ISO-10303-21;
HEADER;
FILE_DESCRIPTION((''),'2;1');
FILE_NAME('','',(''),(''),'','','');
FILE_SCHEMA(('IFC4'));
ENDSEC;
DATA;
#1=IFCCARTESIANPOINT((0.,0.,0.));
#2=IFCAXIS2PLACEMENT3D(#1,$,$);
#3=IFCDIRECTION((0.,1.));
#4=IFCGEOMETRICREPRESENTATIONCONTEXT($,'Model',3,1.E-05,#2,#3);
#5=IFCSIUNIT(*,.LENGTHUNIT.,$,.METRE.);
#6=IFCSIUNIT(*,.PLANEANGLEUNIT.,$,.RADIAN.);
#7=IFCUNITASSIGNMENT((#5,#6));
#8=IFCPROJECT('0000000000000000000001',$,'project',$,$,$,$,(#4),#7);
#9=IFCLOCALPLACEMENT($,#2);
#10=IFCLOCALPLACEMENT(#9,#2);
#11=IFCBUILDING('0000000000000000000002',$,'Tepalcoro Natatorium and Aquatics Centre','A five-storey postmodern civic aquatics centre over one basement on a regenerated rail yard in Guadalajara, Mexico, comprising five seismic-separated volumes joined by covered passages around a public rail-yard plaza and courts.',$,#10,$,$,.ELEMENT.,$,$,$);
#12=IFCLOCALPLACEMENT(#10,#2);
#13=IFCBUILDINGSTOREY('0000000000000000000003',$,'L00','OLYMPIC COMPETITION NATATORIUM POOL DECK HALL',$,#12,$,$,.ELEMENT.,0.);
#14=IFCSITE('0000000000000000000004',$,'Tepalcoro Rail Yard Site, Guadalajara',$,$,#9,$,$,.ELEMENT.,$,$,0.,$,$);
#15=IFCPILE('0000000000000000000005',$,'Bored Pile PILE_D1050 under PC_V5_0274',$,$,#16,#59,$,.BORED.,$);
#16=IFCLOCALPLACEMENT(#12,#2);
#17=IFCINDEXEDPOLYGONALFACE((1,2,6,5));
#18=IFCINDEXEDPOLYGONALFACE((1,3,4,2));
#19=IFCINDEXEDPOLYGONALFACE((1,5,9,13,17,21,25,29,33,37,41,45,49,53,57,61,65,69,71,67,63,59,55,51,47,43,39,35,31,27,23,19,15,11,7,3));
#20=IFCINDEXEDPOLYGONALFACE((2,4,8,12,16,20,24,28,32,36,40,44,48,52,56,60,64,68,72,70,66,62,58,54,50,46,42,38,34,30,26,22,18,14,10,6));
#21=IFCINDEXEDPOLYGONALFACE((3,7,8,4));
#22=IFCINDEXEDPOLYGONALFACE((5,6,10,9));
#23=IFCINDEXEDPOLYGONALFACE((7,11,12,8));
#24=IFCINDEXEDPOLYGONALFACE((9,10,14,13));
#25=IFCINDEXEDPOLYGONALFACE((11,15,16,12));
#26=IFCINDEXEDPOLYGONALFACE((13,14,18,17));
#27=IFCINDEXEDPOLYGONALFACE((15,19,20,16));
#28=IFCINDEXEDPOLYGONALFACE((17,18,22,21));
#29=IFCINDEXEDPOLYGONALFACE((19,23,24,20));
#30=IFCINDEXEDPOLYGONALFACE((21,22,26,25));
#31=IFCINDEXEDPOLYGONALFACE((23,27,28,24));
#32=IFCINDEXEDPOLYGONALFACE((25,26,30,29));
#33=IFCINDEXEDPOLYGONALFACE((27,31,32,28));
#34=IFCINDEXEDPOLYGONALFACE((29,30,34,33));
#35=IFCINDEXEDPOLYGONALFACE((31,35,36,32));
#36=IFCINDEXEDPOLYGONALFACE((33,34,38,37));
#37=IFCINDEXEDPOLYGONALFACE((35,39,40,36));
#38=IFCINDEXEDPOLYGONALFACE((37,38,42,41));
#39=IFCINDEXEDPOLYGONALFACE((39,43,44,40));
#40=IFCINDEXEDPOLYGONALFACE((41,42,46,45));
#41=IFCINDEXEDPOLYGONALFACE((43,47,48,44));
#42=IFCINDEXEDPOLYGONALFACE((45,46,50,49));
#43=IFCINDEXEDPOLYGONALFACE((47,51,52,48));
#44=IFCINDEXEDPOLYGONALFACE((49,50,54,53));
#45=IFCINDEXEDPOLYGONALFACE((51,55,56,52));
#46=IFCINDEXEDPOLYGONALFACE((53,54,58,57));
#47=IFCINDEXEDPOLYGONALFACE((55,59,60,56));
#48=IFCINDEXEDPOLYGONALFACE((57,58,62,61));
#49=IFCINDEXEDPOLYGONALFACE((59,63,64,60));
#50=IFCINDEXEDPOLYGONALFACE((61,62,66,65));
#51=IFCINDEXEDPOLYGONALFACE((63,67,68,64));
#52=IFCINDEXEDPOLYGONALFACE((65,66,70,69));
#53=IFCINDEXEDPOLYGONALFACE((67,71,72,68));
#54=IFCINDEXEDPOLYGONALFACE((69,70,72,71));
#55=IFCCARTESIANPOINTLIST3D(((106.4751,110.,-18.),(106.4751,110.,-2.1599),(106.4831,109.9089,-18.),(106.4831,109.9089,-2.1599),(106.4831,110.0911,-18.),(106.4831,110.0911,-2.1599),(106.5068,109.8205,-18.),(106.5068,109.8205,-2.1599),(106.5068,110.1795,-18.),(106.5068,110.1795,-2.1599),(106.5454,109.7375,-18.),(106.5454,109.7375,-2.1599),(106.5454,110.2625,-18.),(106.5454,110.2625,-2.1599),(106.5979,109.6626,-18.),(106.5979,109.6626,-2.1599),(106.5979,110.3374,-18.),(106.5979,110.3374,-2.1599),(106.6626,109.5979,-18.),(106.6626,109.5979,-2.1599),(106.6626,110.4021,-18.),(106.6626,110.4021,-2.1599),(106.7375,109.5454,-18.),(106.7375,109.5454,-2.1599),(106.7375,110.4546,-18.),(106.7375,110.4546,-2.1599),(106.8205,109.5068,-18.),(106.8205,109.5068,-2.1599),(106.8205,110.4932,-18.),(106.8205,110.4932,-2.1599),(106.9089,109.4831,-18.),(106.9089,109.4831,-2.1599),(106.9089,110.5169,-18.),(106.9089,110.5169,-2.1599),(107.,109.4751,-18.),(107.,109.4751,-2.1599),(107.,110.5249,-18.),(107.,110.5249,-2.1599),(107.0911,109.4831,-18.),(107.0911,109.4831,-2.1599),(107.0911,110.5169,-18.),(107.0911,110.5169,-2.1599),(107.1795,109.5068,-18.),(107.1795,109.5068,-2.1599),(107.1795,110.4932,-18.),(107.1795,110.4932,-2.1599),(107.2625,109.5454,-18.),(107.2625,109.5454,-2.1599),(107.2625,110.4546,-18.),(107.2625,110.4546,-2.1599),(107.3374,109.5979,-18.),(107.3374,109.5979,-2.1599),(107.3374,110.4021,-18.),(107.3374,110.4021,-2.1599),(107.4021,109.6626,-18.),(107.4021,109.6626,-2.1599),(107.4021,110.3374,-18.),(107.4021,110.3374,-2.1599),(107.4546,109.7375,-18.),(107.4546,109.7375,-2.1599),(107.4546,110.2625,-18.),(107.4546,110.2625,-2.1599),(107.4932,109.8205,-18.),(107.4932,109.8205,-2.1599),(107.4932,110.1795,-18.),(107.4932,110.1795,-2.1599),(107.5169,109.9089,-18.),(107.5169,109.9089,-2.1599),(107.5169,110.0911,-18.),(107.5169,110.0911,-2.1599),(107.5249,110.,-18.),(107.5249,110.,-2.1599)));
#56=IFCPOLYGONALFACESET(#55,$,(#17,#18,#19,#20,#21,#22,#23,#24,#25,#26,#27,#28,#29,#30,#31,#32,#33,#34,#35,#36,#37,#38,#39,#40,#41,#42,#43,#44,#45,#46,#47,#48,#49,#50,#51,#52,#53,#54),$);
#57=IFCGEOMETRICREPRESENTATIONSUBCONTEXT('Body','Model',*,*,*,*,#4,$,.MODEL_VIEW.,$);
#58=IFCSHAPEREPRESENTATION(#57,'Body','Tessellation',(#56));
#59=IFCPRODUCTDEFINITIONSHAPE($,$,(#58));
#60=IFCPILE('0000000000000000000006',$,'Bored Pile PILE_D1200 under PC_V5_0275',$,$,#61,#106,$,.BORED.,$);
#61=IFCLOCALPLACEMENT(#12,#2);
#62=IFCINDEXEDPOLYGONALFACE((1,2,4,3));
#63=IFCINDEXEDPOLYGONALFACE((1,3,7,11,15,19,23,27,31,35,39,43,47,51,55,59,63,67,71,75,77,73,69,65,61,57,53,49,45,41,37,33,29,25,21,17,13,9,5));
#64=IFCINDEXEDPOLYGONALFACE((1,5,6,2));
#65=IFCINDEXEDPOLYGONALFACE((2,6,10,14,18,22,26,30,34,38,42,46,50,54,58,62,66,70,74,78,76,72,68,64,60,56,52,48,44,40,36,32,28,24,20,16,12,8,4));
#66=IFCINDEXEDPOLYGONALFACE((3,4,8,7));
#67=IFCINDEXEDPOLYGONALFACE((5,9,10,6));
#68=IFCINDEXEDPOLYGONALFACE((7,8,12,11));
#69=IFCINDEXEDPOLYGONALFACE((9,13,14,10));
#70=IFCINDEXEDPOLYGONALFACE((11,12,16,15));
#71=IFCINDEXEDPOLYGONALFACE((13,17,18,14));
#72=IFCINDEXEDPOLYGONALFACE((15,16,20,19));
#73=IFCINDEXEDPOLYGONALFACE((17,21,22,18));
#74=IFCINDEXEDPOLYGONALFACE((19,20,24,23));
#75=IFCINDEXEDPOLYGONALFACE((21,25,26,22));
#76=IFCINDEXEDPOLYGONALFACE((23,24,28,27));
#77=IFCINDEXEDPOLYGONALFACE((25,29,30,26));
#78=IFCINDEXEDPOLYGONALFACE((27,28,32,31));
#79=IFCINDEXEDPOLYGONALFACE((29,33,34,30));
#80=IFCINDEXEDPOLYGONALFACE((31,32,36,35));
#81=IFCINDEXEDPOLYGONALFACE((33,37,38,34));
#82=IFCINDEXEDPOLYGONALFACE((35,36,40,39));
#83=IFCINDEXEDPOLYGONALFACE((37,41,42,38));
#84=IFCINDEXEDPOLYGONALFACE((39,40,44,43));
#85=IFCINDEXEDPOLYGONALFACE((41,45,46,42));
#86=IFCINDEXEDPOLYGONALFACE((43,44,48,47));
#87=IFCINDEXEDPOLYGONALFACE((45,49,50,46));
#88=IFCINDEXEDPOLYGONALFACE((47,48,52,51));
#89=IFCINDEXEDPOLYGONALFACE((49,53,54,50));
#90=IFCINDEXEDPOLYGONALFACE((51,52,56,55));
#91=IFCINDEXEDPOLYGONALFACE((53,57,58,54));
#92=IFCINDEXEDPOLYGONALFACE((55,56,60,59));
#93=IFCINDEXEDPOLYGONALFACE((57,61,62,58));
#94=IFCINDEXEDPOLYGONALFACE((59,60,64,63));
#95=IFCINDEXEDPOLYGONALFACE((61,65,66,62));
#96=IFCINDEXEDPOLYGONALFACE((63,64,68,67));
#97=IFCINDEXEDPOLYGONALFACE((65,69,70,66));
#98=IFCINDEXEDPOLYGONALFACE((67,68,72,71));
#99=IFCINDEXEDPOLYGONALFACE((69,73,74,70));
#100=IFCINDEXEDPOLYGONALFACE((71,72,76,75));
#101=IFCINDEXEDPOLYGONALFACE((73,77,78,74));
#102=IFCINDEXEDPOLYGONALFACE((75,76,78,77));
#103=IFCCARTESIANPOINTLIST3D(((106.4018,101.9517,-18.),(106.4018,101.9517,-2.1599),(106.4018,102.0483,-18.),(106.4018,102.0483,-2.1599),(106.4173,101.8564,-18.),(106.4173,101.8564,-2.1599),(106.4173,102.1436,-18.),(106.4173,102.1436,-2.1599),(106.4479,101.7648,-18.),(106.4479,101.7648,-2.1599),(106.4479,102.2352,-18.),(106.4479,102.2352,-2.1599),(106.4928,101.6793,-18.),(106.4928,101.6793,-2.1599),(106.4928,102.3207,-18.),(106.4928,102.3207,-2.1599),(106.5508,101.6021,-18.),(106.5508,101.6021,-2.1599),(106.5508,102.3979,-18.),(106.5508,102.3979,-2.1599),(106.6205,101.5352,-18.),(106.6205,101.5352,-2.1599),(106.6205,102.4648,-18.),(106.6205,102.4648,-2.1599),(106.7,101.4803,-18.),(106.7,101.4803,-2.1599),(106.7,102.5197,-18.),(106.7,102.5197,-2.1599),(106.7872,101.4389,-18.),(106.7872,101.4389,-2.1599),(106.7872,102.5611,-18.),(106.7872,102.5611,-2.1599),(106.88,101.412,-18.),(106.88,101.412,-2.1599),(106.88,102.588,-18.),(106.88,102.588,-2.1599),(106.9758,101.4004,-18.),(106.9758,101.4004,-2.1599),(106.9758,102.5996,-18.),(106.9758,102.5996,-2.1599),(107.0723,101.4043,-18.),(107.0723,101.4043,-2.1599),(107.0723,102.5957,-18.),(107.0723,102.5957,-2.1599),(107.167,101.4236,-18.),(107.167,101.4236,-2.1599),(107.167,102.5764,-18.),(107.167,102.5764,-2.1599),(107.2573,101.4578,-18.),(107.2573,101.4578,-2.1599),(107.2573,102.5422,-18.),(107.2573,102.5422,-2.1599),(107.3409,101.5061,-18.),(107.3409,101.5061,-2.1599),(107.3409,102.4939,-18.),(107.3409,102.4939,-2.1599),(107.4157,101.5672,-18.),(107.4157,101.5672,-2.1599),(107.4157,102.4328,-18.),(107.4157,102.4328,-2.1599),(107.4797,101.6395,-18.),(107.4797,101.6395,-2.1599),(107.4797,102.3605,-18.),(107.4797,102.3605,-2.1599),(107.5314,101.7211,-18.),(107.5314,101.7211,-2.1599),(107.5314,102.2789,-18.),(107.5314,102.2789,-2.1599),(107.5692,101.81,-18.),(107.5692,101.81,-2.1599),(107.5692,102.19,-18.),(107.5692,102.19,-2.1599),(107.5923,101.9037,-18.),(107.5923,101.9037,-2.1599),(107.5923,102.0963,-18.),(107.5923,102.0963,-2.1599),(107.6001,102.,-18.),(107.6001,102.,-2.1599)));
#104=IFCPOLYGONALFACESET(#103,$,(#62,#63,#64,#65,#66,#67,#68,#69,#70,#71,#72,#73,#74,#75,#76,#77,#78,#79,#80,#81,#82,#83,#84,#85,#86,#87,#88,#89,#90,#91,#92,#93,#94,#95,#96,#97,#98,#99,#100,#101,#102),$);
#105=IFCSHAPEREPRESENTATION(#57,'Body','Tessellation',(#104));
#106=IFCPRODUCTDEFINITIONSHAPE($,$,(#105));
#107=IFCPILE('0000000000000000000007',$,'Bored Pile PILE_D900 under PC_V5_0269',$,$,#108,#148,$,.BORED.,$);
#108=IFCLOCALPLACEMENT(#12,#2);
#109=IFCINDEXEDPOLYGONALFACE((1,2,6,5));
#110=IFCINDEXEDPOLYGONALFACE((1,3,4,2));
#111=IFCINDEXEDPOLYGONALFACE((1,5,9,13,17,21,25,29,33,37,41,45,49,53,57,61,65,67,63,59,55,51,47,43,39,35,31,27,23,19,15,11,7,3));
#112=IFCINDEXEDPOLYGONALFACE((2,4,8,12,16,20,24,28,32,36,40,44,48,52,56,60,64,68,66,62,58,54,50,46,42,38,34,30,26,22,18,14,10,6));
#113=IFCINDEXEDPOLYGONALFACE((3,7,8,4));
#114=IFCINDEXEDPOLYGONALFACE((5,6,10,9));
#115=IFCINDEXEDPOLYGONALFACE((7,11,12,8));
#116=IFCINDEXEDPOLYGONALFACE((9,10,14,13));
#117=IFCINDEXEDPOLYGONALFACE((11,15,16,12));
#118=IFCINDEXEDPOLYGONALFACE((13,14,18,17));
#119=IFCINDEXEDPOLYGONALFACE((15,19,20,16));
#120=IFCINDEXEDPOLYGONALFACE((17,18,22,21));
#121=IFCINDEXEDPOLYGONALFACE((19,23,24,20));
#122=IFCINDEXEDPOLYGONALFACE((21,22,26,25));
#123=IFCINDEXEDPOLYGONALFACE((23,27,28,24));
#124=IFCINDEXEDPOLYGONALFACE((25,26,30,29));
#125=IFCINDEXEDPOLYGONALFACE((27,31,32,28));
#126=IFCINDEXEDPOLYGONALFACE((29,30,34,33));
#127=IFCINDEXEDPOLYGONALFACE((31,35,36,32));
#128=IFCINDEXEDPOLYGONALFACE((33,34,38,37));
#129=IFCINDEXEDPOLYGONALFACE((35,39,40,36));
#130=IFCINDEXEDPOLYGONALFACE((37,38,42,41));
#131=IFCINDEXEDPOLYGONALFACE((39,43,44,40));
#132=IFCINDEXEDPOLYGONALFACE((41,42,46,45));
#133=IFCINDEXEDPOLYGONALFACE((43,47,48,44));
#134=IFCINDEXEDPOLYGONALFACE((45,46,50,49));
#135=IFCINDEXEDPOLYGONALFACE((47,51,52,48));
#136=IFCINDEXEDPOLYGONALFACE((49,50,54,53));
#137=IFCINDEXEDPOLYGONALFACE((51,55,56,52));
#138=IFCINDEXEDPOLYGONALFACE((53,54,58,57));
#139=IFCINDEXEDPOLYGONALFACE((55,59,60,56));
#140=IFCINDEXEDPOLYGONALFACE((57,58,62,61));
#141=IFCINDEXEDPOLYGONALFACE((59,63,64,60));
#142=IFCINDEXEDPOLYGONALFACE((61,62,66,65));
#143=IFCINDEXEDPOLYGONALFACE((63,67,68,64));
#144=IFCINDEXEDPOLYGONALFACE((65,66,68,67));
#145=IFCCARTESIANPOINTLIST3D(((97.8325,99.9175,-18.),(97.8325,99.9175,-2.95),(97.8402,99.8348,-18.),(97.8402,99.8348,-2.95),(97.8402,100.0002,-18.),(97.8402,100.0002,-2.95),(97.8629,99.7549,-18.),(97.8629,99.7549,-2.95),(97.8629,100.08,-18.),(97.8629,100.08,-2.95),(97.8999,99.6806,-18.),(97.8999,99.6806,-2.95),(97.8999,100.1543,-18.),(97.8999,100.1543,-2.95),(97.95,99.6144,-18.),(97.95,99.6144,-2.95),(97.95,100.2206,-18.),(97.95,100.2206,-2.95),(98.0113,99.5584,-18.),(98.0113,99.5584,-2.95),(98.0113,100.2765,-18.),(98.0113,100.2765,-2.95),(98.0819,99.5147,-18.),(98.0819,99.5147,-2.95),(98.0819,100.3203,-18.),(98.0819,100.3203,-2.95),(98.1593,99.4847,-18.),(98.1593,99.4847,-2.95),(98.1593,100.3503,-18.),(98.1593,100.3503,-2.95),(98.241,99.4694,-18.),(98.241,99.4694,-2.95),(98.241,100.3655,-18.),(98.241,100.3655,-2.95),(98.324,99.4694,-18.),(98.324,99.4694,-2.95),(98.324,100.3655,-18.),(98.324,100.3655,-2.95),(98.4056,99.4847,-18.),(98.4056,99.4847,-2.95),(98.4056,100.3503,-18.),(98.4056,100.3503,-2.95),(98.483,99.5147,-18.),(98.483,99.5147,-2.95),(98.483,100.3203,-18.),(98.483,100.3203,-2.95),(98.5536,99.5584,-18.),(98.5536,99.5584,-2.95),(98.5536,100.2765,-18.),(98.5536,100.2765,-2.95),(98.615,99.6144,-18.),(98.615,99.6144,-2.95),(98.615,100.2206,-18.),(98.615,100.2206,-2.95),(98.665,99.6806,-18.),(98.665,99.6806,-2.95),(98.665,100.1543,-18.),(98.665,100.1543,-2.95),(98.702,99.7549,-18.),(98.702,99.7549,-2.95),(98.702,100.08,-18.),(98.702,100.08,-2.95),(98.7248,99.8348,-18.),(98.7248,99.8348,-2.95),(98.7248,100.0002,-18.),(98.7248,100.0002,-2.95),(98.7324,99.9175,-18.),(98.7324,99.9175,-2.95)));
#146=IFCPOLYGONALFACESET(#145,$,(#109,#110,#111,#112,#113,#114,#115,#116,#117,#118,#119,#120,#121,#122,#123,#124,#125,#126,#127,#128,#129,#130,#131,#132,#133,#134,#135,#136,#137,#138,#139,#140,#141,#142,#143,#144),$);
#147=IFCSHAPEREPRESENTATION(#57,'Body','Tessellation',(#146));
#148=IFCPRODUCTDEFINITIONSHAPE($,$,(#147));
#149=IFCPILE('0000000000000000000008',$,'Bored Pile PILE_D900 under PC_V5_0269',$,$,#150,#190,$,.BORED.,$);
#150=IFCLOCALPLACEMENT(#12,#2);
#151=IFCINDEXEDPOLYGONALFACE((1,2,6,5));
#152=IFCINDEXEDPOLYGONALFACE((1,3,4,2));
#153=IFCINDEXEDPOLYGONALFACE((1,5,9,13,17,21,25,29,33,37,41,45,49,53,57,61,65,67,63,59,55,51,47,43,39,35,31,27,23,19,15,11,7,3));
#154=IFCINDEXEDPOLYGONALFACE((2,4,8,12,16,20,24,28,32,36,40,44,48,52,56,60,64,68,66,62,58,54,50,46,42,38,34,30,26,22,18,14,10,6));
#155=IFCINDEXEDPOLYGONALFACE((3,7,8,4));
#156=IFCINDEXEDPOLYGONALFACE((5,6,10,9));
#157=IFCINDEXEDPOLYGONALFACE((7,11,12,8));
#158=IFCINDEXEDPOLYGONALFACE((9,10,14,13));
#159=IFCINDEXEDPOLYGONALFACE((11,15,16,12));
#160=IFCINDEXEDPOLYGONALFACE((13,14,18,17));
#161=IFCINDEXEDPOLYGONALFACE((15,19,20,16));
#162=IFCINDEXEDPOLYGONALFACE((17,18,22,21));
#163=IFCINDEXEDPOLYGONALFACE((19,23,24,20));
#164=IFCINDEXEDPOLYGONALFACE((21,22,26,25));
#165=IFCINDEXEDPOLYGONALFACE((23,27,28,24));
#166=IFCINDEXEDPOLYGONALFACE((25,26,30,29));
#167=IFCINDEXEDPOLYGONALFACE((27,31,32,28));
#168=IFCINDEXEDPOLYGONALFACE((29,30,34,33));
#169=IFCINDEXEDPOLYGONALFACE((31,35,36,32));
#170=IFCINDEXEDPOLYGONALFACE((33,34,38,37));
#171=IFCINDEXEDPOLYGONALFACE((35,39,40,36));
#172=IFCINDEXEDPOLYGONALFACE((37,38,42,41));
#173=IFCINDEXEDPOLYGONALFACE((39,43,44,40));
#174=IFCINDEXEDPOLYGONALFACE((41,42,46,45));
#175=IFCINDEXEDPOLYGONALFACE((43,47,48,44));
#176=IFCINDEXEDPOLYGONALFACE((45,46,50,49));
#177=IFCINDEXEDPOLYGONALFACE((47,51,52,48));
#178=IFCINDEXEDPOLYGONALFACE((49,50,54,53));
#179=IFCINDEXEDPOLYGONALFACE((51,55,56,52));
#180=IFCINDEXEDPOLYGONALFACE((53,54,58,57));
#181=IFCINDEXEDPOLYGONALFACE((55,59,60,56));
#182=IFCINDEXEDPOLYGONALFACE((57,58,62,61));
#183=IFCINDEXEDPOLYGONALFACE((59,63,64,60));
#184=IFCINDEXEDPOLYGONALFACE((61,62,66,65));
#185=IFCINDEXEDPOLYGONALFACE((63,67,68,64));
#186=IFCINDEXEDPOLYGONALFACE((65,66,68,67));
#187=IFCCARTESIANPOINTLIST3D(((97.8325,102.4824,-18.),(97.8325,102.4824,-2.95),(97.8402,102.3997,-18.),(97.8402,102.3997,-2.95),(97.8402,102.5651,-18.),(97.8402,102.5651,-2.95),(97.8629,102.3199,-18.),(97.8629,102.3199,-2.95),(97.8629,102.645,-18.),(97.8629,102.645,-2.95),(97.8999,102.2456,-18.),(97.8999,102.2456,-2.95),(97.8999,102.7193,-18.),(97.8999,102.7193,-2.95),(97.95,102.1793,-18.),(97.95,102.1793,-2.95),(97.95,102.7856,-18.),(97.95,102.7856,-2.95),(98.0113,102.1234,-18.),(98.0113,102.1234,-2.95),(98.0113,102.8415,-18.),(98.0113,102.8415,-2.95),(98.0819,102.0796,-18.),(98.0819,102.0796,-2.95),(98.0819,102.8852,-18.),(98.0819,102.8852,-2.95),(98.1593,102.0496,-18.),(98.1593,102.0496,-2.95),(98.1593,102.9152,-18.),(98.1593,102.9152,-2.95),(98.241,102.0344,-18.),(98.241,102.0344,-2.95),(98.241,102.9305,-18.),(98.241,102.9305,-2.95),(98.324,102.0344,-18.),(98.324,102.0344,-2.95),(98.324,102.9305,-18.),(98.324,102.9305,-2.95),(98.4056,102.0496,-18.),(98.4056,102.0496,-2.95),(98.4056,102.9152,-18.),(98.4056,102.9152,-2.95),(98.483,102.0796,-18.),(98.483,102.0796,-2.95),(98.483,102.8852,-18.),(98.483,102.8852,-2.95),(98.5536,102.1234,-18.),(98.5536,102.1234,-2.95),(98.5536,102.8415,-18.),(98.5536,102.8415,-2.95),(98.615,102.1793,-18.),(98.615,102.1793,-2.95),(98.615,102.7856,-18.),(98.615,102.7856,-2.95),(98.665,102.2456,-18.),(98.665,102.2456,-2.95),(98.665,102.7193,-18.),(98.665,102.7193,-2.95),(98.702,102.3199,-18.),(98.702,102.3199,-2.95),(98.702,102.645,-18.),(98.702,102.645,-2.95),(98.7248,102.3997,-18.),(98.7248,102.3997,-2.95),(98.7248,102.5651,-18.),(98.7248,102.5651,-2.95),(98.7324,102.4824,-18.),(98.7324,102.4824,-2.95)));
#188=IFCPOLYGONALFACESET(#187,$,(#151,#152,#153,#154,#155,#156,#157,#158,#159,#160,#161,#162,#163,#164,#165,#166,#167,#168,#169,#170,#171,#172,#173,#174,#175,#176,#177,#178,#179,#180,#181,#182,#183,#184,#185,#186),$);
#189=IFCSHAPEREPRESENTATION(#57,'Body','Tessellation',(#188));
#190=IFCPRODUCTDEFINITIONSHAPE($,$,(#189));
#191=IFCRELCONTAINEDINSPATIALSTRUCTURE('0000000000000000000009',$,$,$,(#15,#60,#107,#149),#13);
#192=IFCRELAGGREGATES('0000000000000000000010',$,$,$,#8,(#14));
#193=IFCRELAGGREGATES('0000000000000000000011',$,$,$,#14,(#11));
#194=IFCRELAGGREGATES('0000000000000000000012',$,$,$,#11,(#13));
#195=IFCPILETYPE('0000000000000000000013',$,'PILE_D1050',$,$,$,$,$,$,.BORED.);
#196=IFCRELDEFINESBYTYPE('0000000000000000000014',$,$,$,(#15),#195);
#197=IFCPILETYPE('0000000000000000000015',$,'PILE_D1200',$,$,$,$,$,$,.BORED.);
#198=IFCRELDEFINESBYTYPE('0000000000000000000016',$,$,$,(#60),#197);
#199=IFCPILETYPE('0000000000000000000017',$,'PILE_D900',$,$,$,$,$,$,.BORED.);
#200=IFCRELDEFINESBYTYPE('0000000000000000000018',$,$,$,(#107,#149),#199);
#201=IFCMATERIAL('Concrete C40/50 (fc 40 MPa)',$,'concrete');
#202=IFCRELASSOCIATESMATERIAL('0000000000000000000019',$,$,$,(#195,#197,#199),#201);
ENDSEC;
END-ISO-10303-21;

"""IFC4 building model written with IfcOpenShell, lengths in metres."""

from ifc_helpers import new_model, si_unit, direction, frame, origin, origin_2d, place, context, subcontext, project, spatial, circle, extrude, material, material_profile, profile_set, type_object, element, save


model = new_model("IFC4")

# Units and contexts
model_context = context("Model", 3, precision=1e-05, world=origin(), true_north=direction((0.0, 1.0)))
body_context = subcontext(model_context, "Body", "Model", "MODEL_VIEW")
ifc_project = project(units=[si_unit("LENGTHUNIT", "METRE"), si_unit("PLANEANGLEUNIT", "RADIAN")], contexts=[model_context])

# Site, building, storey
site_placement = place(None, origin())
site = spatial("IfcSite", under=ifc_project, at=site_placement, Name="Tepalcoro Rail Yard Site, Guadalajara", CompositionType="ELEMENT", RefElevation=0.0)
building_placement = place(site_placement, origin())
building = spatial("IfcBuilding", under=site, at=building_placement, Name="Tepalcoro Natatorium and Aquatics Centre", Description="A five-storey postmodern civic aquatics centre over one basement on a regenerated rail yard in Guadalajara, Mexico, comprising five seismic-separated volumes joined by covered passages around a public rail-yard plaza and courts.", CompositionType="ELEMENT")
storey_placement = place(building_placement, origin())
storey = spatial("IfcBuildingStorey", under=building, at=storey_placement, Name="L00", Description="OLYMPIC COMPETITION NATATORIUM POOL DECK HALL", CompositionType="ELEMENT", Elevation=0.0)

# Piles
ifc_material_1 = material(Name="Concrete C40/50 (fc 40 MPa)", Category="concrete")
ifc_material_profile_1 = material_profile(ifc_material_1, circle(Radius=0.5249, at=origin_2d()), Name="PILE_D1050")
ifc_profile_set_1 = profile_set([ifc_material_profile_1], Name="Concrete C40/50 (fc 40 MPa)")
pile_type_1 = type_object("IfcPileType", Name="PILE_D1050", PredefinedType="BORED", material=ifc_profile_set_1)
pile_1_placement = place(storey_placement, frame((107.0, 110.0, -2.1599), z_axis=(0.0, 0.0, -1.0), x_axis=(1.0, 0.0, 0.0)))
element("IfcPile", 1, at=pile_1_placement, inside=storey, type_object=pile_type_1, Name="Bored Pile PILE_D1050 under PC_V5_0274", PredefinedType="BORED", context=body_context, shape_type="SweptSolid", body=[
    extrude(circle(Radius=0.5249, at=origin_2d()), origin(), (0.0, 0.0, 1.0), 15.8401),
])
ifc_material_profile_2 = material_profile(ifc_material_1, circle(Radius=0.6001, at=origin_2d()), Name="PILE_D1200")
ifc_profile_set_2 = profile_set([ifc_material_profile_2], Name="Concrete C40/50 (fc 40 MPa)")
pile_type_2 = type_object("IfcPileType", Name="PILE_D1200", PredefinedType="BORED", material=ifc_profile_set_2)
pile_2_placement = place(storey_placement, frame((107.0, 102.0, -2.1599), z_axis=(0.0, 0.0, -1.0), x_axis=(1.0, 0.0, 0.0)))
element("IfcPile", 2, at=pile_2_placement, inside=storey, type_object=pile_type_2, Name="Bored Pile PILE_D1200 under PC_V5_0275", PredefinedType="BORED", context=body_context, shape_type="SweptSolid", body=[
    extrude(circle(Radius=0.6001, at=origin_2d()), origin(), (0.0, 0.0, 1.0), 15.8401),
])
ifc_material_profile_3 = material_profile(ifc_material_1, circle(Radius=0.45, at=origin_2d()), Name="PILE_D900")
ifc_profile_set_3 = profile_set([ifc_material_profile_3], Name="Concrete C40/50 (fc 40 MPa)")
pile_type_3 = type_object("IfcPileType", Name="PILE_D900", PredefinedType="BORED", material=ifc_profile_set_3)
for number, where, z_axis, x_axis, name in (
    (3, (98.2825, 99.9175, -2.95), (0.0, 0.0, -1.0), (1.0, 0.0, 0.0), "Bored Pile PILE_D900 under PC_V5_0269"),
    (4, (98.2825, 102.4824, -2.95), (0.0, 0.0, -1.0), (1.0, 0.0, 0.0), "Bored Pile PILE_D900 under PC_V5_0269"),
):
    element("IfcPile", number, at=place(storey_placement, frame(where, z_axis=z_axis, x_axis=x_axis)), inside=storey, type_object=pile_type_3, Name=name, PredefinedType="BORED", context=body_context, shape_type="SweptSolid", body=[
        extrude(circle(Radius=0.45, at=origin_2d()), origin(), (0.0, 0.0, 1.0), 15.05),
    ])

save(model, "model.ifc")
